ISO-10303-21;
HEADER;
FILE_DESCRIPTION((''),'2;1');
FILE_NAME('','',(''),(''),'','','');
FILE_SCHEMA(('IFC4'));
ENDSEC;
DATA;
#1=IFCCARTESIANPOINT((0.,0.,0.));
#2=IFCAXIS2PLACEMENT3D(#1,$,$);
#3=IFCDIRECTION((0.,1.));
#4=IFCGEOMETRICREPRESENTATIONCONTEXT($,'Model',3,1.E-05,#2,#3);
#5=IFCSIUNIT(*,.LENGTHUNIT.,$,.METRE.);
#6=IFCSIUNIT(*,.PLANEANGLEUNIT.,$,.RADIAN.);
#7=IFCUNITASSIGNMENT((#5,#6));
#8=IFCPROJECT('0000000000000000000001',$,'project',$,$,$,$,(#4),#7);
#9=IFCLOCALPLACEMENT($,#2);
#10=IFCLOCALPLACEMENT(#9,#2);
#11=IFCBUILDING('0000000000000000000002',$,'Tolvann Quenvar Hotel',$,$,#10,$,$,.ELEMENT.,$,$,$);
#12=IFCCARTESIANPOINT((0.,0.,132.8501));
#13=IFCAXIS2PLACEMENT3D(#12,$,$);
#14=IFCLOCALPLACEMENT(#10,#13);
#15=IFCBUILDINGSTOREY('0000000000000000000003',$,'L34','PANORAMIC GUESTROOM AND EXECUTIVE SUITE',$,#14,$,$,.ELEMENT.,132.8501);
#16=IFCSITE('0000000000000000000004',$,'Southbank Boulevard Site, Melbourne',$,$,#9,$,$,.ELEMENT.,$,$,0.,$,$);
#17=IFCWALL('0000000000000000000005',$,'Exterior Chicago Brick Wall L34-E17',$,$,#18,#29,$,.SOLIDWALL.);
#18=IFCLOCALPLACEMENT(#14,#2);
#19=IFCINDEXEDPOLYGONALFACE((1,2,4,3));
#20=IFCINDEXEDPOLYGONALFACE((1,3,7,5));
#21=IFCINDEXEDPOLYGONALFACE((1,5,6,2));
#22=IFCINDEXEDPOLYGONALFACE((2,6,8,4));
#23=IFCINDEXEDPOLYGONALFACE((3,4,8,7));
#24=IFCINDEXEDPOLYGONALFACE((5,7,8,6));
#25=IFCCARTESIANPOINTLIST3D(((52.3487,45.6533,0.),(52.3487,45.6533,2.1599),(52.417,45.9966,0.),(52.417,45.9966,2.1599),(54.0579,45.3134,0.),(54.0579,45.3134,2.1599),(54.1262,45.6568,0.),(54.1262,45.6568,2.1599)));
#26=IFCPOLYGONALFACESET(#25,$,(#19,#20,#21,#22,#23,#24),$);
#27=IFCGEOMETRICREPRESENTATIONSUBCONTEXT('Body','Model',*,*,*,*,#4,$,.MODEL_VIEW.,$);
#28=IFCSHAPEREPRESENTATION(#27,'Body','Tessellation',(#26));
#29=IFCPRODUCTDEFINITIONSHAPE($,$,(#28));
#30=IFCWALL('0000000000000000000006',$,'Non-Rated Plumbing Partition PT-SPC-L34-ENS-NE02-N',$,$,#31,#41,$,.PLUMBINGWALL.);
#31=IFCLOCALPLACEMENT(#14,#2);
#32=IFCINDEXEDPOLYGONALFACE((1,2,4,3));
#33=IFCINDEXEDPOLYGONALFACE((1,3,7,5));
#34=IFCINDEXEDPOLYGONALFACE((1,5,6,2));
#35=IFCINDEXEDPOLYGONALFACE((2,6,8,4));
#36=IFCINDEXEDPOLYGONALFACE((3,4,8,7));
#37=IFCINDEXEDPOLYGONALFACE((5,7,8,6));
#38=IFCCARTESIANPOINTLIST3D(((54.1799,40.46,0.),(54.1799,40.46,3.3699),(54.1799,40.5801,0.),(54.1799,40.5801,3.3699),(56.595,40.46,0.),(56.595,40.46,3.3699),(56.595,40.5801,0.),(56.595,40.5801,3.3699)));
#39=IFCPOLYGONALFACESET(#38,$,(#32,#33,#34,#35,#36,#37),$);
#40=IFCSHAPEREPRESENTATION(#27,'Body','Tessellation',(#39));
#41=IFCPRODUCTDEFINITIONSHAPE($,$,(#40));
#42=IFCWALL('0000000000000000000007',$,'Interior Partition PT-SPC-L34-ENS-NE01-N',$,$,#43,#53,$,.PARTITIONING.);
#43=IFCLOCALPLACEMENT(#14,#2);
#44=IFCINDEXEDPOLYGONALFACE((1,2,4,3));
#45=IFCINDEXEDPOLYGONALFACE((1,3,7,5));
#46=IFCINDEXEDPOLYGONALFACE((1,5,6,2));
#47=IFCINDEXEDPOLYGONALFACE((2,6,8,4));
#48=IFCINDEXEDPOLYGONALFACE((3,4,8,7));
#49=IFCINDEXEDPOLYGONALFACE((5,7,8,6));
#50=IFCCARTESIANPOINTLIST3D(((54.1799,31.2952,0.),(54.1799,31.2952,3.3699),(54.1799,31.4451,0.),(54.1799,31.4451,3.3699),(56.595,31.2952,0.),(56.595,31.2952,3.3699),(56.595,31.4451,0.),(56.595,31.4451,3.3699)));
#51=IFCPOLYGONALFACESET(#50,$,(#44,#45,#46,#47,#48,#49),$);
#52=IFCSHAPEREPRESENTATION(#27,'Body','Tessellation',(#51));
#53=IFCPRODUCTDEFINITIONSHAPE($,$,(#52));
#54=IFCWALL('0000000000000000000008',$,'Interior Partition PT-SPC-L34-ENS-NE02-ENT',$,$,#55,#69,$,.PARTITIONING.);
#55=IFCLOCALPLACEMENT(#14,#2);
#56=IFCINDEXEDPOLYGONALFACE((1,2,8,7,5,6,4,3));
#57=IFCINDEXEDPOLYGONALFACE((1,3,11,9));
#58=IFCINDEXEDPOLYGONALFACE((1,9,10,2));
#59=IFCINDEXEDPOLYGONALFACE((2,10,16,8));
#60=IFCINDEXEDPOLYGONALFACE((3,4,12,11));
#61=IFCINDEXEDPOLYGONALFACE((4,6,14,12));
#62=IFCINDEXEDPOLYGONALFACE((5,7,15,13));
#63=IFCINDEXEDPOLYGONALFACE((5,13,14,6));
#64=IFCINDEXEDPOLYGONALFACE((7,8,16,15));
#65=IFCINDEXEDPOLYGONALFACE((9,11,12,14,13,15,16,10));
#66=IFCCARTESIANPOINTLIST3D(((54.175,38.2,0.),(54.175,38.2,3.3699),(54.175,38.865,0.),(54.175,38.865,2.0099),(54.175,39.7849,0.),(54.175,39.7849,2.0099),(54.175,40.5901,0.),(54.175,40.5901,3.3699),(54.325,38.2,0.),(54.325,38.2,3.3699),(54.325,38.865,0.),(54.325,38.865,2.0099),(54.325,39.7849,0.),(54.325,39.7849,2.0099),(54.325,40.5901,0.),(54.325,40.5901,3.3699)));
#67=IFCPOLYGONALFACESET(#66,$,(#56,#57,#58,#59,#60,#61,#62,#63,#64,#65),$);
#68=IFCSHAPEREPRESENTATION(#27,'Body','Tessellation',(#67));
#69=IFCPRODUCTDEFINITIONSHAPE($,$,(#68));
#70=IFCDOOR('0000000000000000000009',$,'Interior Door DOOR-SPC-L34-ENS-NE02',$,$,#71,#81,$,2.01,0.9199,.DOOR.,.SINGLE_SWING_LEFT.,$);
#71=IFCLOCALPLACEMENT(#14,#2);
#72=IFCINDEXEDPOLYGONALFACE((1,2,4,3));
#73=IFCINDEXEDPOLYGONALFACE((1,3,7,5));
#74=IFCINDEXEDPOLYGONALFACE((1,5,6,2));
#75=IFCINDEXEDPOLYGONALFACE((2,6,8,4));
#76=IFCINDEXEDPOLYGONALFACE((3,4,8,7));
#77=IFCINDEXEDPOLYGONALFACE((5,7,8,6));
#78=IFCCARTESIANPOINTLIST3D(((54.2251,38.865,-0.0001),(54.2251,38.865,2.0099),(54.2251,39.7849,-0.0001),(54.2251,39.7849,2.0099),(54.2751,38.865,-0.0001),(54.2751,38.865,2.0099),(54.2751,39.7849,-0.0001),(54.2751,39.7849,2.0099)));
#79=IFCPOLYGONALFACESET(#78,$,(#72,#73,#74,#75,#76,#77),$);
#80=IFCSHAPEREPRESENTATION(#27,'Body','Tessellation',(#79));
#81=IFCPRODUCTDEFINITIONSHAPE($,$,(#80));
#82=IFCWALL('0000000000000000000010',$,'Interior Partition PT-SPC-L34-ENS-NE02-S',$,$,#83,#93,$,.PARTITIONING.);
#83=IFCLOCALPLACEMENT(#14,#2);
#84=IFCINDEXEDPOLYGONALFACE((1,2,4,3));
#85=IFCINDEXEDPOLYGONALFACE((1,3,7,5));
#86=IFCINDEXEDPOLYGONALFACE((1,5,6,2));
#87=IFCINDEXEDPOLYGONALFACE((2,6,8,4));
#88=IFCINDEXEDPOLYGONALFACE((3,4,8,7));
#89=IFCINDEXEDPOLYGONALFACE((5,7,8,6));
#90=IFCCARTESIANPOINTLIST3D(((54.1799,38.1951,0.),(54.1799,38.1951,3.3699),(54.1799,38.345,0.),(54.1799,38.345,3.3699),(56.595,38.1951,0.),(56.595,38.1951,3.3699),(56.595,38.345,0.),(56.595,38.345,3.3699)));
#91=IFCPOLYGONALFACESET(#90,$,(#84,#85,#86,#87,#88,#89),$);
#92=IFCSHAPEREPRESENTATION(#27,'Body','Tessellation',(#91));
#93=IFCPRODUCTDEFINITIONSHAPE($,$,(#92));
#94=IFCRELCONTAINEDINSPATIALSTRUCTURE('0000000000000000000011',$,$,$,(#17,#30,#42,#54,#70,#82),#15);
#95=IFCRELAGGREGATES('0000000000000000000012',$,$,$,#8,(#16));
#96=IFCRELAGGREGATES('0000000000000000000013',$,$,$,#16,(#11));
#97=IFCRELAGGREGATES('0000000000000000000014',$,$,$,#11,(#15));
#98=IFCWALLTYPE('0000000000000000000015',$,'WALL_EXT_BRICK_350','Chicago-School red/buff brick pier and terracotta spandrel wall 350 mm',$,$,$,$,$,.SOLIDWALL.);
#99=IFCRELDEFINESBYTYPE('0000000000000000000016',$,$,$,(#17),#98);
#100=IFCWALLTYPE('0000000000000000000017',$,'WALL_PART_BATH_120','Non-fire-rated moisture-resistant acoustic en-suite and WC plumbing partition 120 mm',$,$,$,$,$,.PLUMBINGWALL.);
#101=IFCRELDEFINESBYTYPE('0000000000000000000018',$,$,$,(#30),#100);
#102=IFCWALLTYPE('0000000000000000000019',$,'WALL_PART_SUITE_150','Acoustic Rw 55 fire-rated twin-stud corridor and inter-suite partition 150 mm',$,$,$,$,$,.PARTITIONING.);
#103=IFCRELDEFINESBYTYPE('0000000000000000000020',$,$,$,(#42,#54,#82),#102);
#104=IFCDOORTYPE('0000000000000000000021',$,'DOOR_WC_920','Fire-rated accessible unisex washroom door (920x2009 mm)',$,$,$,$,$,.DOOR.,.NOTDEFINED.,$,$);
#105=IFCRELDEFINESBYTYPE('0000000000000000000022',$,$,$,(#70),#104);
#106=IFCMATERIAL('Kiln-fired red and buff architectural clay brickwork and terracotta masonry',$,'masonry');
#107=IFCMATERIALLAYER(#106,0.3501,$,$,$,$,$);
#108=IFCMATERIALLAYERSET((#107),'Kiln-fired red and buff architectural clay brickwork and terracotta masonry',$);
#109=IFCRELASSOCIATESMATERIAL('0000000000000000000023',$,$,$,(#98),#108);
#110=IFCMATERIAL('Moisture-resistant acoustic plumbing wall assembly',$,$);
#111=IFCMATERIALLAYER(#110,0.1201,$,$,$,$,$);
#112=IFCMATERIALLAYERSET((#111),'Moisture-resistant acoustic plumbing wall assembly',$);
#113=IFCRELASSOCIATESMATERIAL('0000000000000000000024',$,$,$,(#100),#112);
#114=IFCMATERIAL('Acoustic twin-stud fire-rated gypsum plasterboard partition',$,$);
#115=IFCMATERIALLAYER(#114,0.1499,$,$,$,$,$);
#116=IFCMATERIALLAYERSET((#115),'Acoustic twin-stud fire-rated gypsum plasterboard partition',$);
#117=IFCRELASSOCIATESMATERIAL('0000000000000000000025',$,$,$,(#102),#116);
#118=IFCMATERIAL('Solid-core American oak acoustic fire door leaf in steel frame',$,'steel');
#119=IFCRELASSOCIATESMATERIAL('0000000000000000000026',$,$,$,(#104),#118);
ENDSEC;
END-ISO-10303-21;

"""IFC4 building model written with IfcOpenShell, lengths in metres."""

from ifc_helpers import new_model, si_unit, direction, frame, frame_2d, origin, place, context, subcontext, project, spatial, rectangle, extrude, source, transform, mapped, material, layer, layer_set, type_object, type_shapes, element, fill, save


model = new_model("IFC4")

# Units and contexts
model_context = context("Model", 3, precision=1e-05, world=origin(), true_north=direction((0.0, 1.0)))
body_context = subcontext(model_context, "Body", "Model", "MODEL_VIEW")
ifc_project = project(units=[si_unit("LENGTHUNIT", "METRE"), si_unit("PLANEANGLEUNIT", "RADIAN")], contexts=[model_context])

# Site, building, storey
site_placement = place(None, origin())
site = spatial("IfcSite", under=ifc_project, at=site_placement, Name="Southbank Boulevard Site, Melbourne", CompositionType="ELEMENT", RefElevation=0.0)
building_placement = place(site_placement, origin())
building = spatial("IfcBuilding", under=site, at=building_placement, Name="Tolvann Quenvar Hotel", CompositionType="ELEMENT")
storey_placement = place(building_placement, frame((0.0, 0.0, 132.8501)))
storey = spatial("IfcBuildingStorey", under=building, at=storey_placement, Name="L34", Description="PANORAMIC GUESTROOM AND EXECUTIVE SUITE", CompositionType="ELEMENT", Elevation=132.8501)

# Wall
ifc_material_1 = material(Name="Kiln-fired red and buff architectural clay brickwork and terracotta masonry", Category="masonry")
ifc_layer_1 = layer(ifc_material_1, 0.3501)
ifc_layer_set_1 = layer_set([ifc_layer_1], Name="Kiln-fired red and buff architectural clay brickwork and terracotta masonry")
wall_type_1 = type_object("IfcWallType", Name="WALL_EXT_BRICK_350", Description="Chicago-School red/buff brick pier and terracotta spandrel wall 350 mm", PredefinedType="SOLIDWALL", material=ifc_layer_set_1)
wall_1_placement = place(storey_placement, frame((54.092, 45.4851, 0.0), z_axis=(0.0, 0.0, 1.0), x_axis=(-0.980801, 0.195011, 0.0)))
element("IfcWall", 1, at=wall_1_placement, inside=storey, type_object=wall_type_1, Name="Exterior Chicago Brick Wall L34-E17", PredefinedType="SOLIDWALL", context=body_context, shape_type="SweptSolid", body=[
    extrude(rectangle(XDim=1.7427, YDim=0.3501, at=frame_2d((0.8713, 0.0))), origin(), (0.0, 0.0, 1.0), 2.1599),
])

# Walls
ifc_material_2 = material(Name="Moisture-resistant acoustic plumbing wall assembly")
ifc_layer_2 = layer(ifc_material_2, 0.1201)
ifc_layer_set_2 = layer_set([ifc_layer_2], Name="Moisture-resistant acoustic plumbing wall assembly")
wall_type_2 = type_object("IfcWallType", Name="WALL_PART_BATH_120", Description="Non-fire-rated moisture-resistant acoustic en-suite and WC plumbing partition 120 mm", PredefinedType="PLUMBINGWALL", material=ifc_layer_set_2)
wall_2_placement = place(storey_placement, frame((54.1799, 40.52, 0.0), z_axis=(0.0, 0.0, 1.0), x_axis=(1.0, 0.0, 0.0)))
element("IfcWall", 2, at=wall_2_placement, inside=storey, type_object=wall_type_2, Name="Non-Rated Plumbing Partition PT-SPC-L34-ENS-NE02-N", PredefinedType="PLUMBINGWALL", context=body_context, shape_type="SweptSolid", body=[
    extrude(rectangle(XDim=2.415, YDim=0.1201, at=frame_2d((1.2075, 0.0))), origin(), (0.0, 0.0, 1.0), 3.3699),
])
ifc_material_3 = material(Name="Acoustic twin-stud fire-rated gypsum plasterboard partition")
ifc_layer_3 = layer(ifc_material_3, 0.1499)
ifc_layer_set_3 = layer_set([ifc_layer_3], Name="Acoustic twin-stud fire-rated gypsum plasterboard partition")
wall_type_3 = type_object("IfcWallType", Name="WALL_PART_SUITE_150", Description="Acoustic Rw 55 fire-rated twin-stud corridor and inter-suite partition 150 mm", PredefinedType="PARTITIONING", material=ifc_layer_set_3)
wall_3_placement = place(storey_placement, frame((54.1799, 31.3701, 0.0), z_axis=(0.0, 0.0, 1.0), x_axis=(1.0, 0.0, 0.0)))
element("IfcWall", 3, at=wall_3_placement, inside=storey, type_object=wall_type_3, Name="Interior Partition PT-SPC-L34-ENS-NE01-N", PredefinedType="PARTITIONING", context=body_context, shape_type="SweptSolid", body=[
    extrude(rectangle(XDim=2.415, YDim=0.1499, at=frame_2d((1.2075, 0.0))), origin(), (0.0, 0.0, 1.0), 3.3699),
])

# Wall, opening, door
wall_4_placement = place(storey_placement, frame((54.25, 38.2, 0.0), z_axis=(0.0, 0.0, 1.0), x_axis=(0.0, 1.0, 0.0)))
wall_4 = element("IfcWall", 4, at=wall_4_placement, inside=storey, type_object=wall_type_3, Name="Interior Partition PT-SPC-L34-ENS-NE02-ENT", PredefinedType="PARTITIONING", context=body_context, shape_type="SweptSolid", body=[
    extrude(rectangle(XDim=2.3901, YDim=0.1499, at=frame_2d((1.1951, 0.0))), origin(), (0.0, 0.0, 1.0), 3.3699),
])
opening_1_placement = place(wall_4_placement, frame((0.665, 0.0, 0.0)))
opening_1 = element("IfcOpeningElement", 5, at=opening_1_placement, cuts=wall_4, PredefinedType="OPENING", context=body_context, shape_type="SweptSolid", body=[
    extrude(rectangle(XDim=0.9199, YDim=2.01, at=frame_2d((0.46, 1.0049))), frame((0.0, 0.085, 0.0), z_axis=(0.0, -1.0, 0.0), x_axis=(1.0, 0.0, 0.0)), (0.0, 0.0, 1.0), 0.1699),
])
ifc_material_4 = material(Name="Solid-core American oak acoustic fire door leaf in steel frame", Category="steel")
door_type = type_object("IfcDoorType", Name="DOOR_WC_920", Description="Fire-rated accessible unisex washroom door (920x2009 mm)", OperationType="NOTDEFINED", PredefinedType="DOOR", material=ifc_material_4)
shared_shape_1 = source(origin(), body_context, "Body", "SweptSolid", [
    extrude(rectangle(XDim=0.9199, YDim=2.01, at=frame_2d((0.46, 1.0049))), frame((0.0, 0.0249, 0.0), z_axis=(0.0, -1.0, 0.0), x_axis=(1.0, 0.0, 0.0)), (0.0, 0.0, 1.0), 0.05),
])
type_shapes(door_type, [shared_shape_1])
door_placement = place(opening_1_placement, origin())
door = element("IfcDoor", 6, at=door_placement, inside=storey, type_object=door_type, Name="Interior Door DOOR-SPC-L34-ENS-NE02", OperationType="SINGLE_SWING_LEFT", OverallHeight=2.01, OverallWidth=0.9199, PredefinedType="DOOR", context=body_context, shape_type="MappedRepresentation", body=[
    mapped(shared_shape_1, transform((0.0, 0.0, 0.0), x_axis=(1.0, 0.0, 0.0), y_axis=(0.0, 1.0, 0.0), z_axis=(0.0, 0.0, 1.0), scale=1.0)),
])
fill(opening_1, door)

# Wall
wall_5_placement = place(storey_placement, frame((54.1799, 38.27, 0.0), z_axis=(0.0, 0.0, 1.0), x_axis=(1.0, 0.0, 0.0)))
element("IfcWall", 7, at=wall_5_placement, inside=storey, type_object=wall_type_3, Name="Interior Partition PT-SPC-L34-ENS-NE02-S", PredefinedType="PARTITIONING", context=body_context, shape_type="SweptSolid", body=[
    extrude(rectangle(XDim=2.415, YDim=0.1499, at=frame_2d((1.2075, 0.0))), origin(), (0.0, 0.0, 1.0), 3.3699),
])

save(model, "model.ifc")
